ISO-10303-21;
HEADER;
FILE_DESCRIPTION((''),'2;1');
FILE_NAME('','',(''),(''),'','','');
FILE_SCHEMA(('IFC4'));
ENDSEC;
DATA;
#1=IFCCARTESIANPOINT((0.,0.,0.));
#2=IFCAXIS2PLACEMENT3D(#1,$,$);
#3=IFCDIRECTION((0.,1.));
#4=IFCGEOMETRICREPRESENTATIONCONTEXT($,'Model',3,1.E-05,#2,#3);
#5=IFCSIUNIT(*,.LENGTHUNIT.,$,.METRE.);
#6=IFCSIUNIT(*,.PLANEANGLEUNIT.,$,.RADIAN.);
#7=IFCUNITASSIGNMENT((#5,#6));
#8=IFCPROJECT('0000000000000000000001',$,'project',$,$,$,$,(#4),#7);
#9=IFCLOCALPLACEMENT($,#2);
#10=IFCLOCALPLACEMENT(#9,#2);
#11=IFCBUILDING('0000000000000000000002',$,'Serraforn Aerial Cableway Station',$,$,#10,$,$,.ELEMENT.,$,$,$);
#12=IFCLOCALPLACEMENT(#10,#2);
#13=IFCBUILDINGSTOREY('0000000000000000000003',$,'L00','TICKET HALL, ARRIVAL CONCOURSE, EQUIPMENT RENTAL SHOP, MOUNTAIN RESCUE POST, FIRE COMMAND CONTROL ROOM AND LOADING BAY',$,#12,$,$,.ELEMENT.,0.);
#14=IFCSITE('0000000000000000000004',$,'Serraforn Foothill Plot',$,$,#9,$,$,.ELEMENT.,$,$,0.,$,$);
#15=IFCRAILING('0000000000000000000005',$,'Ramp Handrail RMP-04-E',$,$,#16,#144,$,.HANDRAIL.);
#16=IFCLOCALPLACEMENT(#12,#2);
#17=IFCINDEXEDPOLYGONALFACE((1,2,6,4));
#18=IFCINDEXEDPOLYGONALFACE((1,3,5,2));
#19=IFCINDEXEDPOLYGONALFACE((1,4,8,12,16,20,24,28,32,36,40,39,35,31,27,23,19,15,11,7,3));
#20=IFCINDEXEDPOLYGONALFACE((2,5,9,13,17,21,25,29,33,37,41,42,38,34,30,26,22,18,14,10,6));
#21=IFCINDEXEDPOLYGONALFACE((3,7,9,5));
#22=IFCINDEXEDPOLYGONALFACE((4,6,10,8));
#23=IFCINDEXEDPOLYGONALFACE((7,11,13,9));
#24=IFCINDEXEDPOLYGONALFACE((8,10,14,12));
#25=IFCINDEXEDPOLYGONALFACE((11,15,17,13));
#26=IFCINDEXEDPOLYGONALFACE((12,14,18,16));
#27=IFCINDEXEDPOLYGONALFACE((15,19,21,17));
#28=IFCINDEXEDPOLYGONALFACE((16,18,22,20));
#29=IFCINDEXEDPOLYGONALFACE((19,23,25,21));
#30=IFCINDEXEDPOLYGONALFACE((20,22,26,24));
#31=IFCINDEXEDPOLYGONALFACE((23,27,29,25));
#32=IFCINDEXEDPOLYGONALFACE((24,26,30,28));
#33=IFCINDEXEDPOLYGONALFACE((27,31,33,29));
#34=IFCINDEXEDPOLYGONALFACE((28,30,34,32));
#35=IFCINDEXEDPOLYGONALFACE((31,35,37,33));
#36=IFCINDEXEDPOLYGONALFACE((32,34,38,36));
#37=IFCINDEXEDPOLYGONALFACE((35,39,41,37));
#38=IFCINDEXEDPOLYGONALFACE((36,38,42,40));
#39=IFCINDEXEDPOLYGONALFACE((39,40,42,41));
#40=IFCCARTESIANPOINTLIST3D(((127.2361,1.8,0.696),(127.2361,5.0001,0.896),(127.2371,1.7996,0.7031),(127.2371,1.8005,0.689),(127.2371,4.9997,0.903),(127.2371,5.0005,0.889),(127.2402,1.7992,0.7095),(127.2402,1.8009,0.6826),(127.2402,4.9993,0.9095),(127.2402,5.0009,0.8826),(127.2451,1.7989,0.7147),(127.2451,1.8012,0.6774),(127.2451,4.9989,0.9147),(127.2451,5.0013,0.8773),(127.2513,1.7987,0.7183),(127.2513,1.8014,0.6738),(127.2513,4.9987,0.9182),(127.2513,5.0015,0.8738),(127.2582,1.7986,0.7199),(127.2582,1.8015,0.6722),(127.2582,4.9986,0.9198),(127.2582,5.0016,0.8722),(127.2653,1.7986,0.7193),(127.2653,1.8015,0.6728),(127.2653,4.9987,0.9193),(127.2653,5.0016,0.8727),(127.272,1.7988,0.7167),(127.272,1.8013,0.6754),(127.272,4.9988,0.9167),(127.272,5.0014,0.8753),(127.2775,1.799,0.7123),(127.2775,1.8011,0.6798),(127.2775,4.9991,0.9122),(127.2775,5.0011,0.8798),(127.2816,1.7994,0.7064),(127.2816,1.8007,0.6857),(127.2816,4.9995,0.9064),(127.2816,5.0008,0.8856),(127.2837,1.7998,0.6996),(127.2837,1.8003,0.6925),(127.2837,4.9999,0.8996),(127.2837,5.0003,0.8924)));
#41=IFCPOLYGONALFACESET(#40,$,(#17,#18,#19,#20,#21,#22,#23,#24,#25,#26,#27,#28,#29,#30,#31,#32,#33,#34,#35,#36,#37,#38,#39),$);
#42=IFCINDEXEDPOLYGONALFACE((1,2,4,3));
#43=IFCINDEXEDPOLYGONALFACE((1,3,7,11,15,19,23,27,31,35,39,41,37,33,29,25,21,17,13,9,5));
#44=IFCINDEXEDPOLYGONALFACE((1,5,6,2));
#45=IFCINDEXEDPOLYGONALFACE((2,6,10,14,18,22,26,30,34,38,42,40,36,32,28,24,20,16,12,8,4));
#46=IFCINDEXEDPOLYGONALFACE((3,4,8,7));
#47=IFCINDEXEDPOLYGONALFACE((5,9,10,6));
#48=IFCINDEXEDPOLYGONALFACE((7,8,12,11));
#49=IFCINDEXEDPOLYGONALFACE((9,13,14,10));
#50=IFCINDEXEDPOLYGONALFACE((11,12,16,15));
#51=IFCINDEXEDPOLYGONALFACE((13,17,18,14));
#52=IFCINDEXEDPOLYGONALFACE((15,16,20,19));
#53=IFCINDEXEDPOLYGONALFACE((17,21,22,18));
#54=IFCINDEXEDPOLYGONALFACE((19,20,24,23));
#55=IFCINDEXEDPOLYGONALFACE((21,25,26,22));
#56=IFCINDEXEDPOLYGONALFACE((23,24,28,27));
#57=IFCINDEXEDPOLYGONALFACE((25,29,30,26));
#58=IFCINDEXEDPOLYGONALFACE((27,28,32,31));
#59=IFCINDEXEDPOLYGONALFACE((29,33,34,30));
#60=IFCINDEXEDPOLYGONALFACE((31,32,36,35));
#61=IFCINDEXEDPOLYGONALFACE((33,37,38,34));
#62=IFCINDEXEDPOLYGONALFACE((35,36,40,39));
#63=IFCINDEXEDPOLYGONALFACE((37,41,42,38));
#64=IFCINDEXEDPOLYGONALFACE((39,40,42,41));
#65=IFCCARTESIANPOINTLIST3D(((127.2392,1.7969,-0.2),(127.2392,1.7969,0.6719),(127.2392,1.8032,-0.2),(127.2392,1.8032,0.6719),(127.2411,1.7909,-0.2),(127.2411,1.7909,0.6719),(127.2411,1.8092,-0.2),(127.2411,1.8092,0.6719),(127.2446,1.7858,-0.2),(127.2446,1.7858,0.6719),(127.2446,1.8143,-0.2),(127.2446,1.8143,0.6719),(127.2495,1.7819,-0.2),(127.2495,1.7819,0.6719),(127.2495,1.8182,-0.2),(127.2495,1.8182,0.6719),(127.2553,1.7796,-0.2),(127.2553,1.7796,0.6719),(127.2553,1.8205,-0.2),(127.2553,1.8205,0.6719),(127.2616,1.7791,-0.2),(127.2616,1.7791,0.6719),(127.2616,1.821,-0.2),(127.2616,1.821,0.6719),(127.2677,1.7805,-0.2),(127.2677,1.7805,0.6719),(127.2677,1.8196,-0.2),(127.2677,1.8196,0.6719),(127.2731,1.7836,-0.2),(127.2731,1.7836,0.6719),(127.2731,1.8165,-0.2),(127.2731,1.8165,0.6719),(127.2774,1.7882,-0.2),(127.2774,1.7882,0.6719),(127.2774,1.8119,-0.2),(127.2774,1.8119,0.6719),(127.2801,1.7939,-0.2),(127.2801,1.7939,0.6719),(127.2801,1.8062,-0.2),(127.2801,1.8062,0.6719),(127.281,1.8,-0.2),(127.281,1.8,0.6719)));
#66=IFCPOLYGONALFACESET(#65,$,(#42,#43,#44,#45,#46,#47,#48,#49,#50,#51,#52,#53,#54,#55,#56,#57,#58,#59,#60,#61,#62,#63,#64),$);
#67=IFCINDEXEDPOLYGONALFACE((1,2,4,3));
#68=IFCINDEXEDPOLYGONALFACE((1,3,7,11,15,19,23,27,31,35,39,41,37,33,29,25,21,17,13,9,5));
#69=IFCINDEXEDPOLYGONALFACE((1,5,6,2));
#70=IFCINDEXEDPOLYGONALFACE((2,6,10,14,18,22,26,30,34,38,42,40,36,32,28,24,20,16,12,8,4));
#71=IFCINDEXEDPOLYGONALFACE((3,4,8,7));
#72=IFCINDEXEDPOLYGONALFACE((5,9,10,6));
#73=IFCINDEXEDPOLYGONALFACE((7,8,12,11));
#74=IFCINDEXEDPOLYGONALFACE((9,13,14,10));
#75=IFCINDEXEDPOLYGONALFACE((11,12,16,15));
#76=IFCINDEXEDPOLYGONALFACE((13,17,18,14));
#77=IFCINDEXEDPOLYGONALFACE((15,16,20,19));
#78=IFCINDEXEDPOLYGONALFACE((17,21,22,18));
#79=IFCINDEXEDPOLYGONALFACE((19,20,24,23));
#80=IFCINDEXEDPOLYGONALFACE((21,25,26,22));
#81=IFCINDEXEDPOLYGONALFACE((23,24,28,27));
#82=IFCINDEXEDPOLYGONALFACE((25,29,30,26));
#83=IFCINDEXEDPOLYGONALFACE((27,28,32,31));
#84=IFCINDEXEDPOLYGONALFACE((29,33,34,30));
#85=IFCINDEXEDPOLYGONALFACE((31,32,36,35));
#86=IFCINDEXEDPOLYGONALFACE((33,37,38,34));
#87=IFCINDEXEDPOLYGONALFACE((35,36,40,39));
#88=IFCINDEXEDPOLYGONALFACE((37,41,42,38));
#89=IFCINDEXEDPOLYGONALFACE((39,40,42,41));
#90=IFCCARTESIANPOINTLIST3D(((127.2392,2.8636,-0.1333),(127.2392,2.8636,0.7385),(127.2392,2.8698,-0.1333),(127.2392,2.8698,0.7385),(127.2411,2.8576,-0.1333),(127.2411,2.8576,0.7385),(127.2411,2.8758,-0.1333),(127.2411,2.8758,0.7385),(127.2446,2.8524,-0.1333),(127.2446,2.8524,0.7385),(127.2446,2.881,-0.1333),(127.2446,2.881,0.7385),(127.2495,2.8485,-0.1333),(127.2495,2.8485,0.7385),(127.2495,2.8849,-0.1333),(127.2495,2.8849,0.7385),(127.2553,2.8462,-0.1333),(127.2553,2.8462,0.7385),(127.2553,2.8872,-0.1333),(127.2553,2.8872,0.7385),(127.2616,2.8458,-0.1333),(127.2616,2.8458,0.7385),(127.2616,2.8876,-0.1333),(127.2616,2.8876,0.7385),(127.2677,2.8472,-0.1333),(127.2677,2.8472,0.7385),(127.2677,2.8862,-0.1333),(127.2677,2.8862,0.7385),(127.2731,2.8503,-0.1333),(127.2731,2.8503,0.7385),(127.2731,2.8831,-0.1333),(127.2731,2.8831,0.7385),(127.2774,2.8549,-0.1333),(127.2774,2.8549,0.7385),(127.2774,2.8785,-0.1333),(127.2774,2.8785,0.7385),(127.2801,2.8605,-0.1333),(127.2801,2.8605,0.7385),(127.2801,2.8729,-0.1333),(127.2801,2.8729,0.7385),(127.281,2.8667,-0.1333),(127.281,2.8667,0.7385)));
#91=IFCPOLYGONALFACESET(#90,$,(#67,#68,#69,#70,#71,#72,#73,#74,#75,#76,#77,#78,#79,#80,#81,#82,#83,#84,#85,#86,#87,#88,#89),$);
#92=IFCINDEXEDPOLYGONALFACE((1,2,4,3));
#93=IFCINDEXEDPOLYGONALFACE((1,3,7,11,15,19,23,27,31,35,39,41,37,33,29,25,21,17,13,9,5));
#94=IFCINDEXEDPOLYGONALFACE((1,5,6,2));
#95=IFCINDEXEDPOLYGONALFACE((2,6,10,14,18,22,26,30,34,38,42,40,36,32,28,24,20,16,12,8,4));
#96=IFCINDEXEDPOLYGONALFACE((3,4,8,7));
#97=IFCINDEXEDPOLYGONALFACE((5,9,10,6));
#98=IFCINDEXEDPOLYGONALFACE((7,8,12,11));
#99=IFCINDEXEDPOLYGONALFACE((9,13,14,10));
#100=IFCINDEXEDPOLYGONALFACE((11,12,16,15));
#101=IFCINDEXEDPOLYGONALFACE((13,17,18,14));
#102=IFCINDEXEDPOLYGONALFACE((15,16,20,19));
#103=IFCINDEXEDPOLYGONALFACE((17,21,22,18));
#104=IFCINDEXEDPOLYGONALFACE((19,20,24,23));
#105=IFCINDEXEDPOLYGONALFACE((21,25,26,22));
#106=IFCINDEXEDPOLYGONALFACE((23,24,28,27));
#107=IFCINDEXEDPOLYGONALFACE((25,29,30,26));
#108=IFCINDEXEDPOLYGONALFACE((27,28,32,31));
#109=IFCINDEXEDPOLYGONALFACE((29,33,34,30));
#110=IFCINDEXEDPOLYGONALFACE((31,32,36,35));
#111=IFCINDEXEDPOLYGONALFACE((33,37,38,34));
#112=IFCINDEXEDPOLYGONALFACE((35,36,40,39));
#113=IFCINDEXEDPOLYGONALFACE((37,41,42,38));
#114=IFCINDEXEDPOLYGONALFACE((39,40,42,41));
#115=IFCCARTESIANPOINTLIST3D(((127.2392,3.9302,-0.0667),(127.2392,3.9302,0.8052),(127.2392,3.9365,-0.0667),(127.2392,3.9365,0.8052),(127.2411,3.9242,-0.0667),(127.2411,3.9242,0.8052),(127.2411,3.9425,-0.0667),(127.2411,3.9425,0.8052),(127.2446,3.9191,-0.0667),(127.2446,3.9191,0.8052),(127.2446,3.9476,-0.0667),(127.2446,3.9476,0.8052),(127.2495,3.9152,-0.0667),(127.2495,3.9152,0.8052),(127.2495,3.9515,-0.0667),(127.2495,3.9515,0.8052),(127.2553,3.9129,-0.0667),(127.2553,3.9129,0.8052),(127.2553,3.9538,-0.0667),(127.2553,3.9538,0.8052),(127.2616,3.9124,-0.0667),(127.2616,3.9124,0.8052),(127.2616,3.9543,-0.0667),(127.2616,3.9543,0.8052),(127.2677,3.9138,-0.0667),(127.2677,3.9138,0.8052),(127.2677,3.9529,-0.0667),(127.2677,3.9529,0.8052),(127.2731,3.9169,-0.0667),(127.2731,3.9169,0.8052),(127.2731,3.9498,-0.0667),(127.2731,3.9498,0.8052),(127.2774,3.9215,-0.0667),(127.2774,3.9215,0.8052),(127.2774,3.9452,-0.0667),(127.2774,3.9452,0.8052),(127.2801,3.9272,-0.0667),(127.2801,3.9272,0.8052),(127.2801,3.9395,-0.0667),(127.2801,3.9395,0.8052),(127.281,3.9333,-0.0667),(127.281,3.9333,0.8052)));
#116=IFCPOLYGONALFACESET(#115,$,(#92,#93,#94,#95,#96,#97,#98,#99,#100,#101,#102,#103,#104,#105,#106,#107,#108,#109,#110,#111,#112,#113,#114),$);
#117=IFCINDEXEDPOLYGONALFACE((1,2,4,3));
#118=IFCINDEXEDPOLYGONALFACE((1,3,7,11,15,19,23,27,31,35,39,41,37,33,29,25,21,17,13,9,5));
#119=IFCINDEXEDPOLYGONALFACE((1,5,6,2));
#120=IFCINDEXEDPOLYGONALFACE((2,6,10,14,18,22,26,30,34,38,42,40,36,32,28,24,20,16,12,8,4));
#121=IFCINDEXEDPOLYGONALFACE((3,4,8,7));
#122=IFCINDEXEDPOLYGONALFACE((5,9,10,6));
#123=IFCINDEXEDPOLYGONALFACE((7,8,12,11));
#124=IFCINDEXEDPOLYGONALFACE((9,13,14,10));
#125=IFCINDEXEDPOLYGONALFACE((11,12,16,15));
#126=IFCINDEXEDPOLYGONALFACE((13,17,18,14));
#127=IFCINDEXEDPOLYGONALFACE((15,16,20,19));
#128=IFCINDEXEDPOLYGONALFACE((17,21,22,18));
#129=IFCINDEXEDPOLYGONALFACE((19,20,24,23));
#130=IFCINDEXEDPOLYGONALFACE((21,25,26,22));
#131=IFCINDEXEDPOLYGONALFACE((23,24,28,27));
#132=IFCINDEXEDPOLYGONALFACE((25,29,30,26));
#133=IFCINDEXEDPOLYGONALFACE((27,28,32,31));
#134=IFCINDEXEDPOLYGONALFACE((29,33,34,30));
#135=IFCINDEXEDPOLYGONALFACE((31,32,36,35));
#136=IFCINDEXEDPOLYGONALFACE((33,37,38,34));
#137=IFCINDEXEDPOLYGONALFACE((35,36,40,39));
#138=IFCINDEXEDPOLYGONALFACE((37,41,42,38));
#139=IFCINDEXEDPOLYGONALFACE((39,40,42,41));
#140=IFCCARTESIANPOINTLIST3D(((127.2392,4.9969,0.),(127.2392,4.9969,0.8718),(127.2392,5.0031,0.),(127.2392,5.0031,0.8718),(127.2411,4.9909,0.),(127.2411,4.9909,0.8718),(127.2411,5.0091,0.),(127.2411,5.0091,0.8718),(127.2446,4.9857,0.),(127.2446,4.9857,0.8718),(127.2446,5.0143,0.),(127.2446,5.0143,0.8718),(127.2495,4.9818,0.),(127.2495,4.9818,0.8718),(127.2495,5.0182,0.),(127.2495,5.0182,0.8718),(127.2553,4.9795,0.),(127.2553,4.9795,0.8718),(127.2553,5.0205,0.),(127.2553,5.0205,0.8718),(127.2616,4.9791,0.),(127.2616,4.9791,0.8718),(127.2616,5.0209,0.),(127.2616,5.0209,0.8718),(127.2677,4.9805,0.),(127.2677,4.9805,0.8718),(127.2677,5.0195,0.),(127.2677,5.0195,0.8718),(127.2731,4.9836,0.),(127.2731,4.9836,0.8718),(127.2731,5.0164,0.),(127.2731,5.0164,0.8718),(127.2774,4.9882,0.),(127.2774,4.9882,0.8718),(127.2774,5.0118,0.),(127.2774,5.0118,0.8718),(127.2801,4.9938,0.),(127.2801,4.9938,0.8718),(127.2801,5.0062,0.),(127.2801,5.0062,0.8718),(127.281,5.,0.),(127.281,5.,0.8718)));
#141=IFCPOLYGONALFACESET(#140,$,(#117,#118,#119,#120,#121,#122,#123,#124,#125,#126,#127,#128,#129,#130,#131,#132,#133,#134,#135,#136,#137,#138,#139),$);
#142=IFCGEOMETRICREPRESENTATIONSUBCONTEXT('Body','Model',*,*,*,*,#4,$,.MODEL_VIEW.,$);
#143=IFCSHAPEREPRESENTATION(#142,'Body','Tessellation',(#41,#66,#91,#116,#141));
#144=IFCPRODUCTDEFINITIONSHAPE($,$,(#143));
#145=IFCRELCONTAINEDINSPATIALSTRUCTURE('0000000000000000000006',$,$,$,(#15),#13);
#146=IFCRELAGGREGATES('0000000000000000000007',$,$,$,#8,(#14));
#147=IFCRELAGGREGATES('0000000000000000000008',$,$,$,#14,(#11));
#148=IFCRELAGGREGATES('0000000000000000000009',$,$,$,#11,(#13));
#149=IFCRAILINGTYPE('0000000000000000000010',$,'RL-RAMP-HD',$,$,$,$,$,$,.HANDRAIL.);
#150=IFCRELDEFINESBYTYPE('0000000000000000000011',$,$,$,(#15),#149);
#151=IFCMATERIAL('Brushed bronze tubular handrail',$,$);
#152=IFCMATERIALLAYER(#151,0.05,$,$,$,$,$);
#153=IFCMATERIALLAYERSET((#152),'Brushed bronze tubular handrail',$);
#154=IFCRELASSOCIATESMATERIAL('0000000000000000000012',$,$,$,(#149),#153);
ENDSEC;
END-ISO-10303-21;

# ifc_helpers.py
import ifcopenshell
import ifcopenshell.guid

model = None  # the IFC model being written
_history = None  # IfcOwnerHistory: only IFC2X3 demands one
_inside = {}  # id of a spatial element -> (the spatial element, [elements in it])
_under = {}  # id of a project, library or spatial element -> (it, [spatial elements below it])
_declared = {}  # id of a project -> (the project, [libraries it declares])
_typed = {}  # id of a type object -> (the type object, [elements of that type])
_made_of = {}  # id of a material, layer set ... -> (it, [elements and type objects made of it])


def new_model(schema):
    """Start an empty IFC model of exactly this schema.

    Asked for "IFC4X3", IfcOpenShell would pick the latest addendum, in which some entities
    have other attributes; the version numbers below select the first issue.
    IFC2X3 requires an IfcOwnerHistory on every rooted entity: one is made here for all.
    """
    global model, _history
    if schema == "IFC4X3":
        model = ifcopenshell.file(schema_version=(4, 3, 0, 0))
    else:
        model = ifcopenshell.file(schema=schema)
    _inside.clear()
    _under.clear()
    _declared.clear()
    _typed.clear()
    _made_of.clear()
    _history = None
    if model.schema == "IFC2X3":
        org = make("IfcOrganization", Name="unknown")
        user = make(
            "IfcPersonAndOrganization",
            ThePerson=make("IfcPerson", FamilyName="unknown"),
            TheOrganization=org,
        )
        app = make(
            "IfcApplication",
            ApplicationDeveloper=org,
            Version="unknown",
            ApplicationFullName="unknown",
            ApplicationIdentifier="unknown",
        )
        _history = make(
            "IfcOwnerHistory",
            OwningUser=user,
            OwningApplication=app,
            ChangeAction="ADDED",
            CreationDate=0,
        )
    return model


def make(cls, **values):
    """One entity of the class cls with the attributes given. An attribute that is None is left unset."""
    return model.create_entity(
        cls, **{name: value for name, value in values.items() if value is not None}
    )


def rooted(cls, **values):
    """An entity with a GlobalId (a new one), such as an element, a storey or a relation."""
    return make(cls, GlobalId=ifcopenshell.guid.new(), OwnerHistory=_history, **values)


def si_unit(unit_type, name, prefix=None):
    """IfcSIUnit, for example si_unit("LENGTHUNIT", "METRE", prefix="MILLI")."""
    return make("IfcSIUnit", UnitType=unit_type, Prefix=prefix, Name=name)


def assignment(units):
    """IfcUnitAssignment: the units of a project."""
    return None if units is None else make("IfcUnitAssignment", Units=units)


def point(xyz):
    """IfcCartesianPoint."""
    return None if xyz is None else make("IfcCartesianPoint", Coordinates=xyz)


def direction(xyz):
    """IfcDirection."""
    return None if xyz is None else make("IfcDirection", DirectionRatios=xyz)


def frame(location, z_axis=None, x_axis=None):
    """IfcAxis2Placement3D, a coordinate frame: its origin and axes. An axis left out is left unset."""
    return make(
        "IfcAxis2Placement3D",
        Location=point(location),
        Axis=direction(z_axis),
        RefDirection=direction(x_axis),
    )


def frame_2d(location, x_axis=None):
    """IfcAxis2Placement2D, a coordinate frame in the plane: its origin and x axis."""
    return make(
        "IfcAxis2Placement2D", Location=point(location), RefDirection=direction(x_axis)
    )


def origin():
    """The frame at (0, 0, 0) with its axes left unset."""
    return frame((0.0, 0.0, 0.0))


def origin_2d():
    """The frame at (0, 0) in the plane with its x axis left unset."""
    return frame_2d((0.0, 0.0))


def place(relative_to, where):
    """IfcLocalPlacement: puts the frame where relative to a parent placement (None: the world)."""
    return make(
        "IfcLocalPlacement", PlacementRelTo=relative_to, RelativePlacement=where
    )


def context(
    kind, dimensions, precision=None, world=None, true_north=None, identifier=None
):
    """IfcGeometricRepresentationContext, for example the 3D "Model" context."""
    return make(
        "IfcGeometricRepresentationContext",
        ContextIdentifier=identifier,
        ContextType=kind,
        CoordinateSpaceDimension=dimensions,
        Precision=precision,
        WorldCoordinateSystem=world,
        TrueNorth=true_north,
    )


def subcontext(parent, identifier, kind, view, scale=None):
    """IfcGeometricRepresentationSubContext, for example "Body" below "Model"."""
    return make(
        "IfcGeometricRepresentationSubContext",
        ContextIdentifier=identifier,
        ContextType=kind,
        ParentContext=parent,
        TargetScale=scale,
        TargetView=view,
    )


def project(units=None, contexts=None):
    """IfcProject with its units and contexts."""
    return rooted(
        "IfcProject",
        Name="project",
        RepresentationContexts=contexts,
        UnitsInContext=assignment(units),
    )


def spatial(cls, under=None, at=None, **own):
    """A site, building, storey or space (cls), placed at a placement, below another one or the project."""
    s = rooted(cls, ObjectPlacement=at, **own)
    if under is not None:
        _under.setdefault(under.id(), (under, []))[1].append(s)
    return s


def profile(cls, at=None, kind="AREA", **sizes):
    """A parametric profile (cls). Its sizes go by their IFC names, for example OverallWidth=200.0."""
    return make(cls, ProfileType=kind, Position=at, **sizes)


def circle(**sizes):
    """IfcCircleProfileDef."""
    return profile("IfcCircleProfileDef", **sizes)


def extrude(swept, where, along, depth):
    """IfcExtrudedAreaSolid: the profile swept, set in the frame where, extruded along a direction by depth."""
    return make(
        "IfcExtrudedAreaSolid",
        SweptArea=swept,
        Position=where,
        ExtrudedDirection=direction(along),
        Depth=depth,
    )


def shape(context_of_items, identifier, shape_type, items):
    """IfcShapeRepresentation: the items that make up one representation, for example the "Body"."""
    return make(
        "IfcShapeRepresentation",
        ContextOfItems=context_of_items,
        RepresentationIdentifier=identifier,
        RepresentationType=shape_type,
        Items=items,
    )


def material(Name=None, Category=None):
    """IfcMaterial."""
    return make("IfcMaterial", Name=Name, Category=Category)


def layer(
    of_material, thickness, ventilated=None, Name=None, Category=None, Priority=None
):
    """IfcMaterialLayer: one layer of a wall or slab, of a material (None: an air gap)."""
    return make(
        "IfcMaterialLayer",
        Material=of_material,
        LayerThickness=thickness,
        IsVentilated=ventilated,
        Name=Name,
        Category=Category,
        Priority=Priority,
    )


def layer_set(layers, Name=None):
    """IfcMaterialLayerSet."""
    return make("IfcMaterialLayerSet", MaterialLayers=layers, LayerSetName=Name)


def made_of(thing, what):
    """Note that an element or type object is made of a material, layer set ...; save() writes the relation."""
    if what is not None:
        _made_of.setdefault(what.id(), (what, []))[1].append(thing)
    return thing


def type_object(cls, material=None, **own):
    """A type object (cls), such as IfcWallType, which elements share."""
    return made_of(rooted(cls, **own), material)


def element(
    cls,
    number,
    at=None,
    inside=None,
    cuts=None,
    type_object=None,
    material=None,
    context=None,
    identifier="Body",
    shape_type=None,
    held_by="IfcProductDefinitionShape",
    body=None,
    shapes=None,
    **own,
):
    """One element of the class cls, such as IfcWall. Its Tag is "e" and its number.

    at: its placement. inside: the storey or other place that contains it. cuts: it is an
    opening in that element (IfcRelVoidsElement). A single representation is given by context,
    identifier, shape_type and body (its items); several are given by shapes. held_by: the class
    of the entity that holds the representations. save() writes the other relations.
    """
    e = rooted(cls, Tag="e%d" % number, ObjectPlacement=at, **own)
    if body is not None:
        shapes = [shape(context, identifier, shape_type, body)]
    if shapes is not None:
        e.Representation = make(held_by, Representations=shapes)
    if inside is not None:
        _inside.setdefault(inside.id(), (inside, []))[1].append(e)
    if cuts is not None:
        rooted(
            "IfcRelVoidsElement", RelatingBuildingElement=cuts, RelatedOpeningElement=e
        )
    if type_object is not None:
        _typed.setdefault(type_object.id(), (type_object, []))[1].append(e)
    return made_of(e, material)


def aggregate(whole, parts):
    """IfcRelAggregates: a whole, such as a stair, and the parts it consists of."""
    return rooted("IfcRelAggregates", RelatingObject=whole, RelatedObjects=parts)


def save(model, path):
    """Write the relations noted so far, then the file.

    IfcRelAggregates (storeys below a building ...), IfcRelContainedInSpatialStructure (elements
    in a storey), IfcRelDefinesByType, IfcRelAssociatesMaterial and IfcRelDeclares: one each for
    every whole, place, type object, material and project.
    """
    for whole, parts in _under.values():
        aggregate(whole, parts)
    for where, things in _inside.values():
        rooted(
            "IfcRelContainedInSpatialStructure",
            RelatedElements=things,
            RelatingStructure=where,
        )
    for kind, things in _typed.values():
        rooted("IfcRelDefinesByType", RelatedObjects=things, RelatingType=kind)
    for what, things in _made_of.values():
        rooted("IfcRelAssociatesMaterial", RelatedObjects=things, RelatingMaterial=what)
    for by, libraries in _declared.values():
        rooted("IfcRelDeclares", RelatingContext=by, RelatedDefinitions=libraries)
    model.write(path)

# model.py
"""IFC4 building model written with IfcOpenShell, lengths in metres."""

from ifc_helpers import new_model, si_unit, direction, frame, origin, origin_2d, place, context, subcontext, project, spatial, circle, extrude, material, layer, layer_set, type_object, element, save


model = new_model("IFC4")

# Units and contexts
model_context = context("Model", 3, precision=1e-05, world=origin(), true_north=direction((0.0, 1.0)))
body_context = subcontext(model_context, "Body", "Model", "MODEL_VIEW")
ifc_project = project(units=[si_unit("LENGTHUNIT", "METRE"), si_unit("PLANEANGLEUNIT", "RADIAN")], contexts=[model_context])

# Site, building, storey
site_placement = place(None, origin())
site = spatial("IfcSite", under=ifc_project, at=site_placement, Name="Serraforn Foothill Plot", CompositionType="ELEMENT", RefElevation=0.0)
building_placement = place(site_placement, origin())
building = spatial("IfcBuilding", under=site, at=building_placement, Name="Serraforn Aerial Cableway Station", CompositionType="ELEMENT")
storey_placement = place(building_placement, origin())
storey = spatial("IfcBuildingStorey", under=building, at=storey_placement, Name="L00", Description="TICKET HALL, ARRIVAL CONCOURSE, EQUIPMENT RENTAL SHOP, MOUNTAIN RESCUE POST, FIRE COMMAND CONTROL ROOM AND LOADING BAY", CompositionType="ELEMENT", Elevation=0.0)

# Railing
ifc_material_1 = material(Name="Brushed bronze tubular handrail")
ifc_layer_1 = layer(ifc_material_1, 0.05)
ifc_layer_set_1 = layer_set([ifc_layer_1], Name="Brushed bronze tubular handrail")
railing_type_1 = type_object("IfcRailingType", Name="RL-RAMP-HD", PredefinedType="HANDRAIL", material=ifc_layer_set_1)
for number, where, name in (
    (1, (127.26, 1.8, -0.2), "Ramp Handrail RMP-04-E"),
):
    element("IfcRailing", number, at=place(storey_placement, frame(where)), inside=storey, type_object=railing_type_1, Name=name, PredefinedType="HANDRAIL", context=body_context, shape_type="SweptSolid", body=[
        extrude(circle(Radius=0.0239, at=origin_2d()), frame((0.0, 0.0, 0.896), z_axis=(0.0, 0.998053, 0.062364), x_axis=(-1.0, 0.0, 0.0)), (0.0, 0.0, 1.0), 3.2063),
        extrude(circle(Radius=0.021, at=origin_2d()), origin(), (0.0, 0.0, 1.0), 0.8718),
        extrude(circle(Radius=0.021, at=origin_2d()), frame((0.0, 1.0667, 0.0667)), (0.0, 0.0, 1.0), 0.8718),
        extrude(circle(Radius=0.021, at=origin_2d()), frame((0.0, 2.1333, 0.1333)), (0.0, 0.0, 1.0), 0.8718),
        extrude(circle(Radius=0.021, at=origin_2d()), frame((0.0, 3.2, 0.2)), (0.0, 0.0, 1.0), 0.8718),
    ])

save(model, "model.ifc")
